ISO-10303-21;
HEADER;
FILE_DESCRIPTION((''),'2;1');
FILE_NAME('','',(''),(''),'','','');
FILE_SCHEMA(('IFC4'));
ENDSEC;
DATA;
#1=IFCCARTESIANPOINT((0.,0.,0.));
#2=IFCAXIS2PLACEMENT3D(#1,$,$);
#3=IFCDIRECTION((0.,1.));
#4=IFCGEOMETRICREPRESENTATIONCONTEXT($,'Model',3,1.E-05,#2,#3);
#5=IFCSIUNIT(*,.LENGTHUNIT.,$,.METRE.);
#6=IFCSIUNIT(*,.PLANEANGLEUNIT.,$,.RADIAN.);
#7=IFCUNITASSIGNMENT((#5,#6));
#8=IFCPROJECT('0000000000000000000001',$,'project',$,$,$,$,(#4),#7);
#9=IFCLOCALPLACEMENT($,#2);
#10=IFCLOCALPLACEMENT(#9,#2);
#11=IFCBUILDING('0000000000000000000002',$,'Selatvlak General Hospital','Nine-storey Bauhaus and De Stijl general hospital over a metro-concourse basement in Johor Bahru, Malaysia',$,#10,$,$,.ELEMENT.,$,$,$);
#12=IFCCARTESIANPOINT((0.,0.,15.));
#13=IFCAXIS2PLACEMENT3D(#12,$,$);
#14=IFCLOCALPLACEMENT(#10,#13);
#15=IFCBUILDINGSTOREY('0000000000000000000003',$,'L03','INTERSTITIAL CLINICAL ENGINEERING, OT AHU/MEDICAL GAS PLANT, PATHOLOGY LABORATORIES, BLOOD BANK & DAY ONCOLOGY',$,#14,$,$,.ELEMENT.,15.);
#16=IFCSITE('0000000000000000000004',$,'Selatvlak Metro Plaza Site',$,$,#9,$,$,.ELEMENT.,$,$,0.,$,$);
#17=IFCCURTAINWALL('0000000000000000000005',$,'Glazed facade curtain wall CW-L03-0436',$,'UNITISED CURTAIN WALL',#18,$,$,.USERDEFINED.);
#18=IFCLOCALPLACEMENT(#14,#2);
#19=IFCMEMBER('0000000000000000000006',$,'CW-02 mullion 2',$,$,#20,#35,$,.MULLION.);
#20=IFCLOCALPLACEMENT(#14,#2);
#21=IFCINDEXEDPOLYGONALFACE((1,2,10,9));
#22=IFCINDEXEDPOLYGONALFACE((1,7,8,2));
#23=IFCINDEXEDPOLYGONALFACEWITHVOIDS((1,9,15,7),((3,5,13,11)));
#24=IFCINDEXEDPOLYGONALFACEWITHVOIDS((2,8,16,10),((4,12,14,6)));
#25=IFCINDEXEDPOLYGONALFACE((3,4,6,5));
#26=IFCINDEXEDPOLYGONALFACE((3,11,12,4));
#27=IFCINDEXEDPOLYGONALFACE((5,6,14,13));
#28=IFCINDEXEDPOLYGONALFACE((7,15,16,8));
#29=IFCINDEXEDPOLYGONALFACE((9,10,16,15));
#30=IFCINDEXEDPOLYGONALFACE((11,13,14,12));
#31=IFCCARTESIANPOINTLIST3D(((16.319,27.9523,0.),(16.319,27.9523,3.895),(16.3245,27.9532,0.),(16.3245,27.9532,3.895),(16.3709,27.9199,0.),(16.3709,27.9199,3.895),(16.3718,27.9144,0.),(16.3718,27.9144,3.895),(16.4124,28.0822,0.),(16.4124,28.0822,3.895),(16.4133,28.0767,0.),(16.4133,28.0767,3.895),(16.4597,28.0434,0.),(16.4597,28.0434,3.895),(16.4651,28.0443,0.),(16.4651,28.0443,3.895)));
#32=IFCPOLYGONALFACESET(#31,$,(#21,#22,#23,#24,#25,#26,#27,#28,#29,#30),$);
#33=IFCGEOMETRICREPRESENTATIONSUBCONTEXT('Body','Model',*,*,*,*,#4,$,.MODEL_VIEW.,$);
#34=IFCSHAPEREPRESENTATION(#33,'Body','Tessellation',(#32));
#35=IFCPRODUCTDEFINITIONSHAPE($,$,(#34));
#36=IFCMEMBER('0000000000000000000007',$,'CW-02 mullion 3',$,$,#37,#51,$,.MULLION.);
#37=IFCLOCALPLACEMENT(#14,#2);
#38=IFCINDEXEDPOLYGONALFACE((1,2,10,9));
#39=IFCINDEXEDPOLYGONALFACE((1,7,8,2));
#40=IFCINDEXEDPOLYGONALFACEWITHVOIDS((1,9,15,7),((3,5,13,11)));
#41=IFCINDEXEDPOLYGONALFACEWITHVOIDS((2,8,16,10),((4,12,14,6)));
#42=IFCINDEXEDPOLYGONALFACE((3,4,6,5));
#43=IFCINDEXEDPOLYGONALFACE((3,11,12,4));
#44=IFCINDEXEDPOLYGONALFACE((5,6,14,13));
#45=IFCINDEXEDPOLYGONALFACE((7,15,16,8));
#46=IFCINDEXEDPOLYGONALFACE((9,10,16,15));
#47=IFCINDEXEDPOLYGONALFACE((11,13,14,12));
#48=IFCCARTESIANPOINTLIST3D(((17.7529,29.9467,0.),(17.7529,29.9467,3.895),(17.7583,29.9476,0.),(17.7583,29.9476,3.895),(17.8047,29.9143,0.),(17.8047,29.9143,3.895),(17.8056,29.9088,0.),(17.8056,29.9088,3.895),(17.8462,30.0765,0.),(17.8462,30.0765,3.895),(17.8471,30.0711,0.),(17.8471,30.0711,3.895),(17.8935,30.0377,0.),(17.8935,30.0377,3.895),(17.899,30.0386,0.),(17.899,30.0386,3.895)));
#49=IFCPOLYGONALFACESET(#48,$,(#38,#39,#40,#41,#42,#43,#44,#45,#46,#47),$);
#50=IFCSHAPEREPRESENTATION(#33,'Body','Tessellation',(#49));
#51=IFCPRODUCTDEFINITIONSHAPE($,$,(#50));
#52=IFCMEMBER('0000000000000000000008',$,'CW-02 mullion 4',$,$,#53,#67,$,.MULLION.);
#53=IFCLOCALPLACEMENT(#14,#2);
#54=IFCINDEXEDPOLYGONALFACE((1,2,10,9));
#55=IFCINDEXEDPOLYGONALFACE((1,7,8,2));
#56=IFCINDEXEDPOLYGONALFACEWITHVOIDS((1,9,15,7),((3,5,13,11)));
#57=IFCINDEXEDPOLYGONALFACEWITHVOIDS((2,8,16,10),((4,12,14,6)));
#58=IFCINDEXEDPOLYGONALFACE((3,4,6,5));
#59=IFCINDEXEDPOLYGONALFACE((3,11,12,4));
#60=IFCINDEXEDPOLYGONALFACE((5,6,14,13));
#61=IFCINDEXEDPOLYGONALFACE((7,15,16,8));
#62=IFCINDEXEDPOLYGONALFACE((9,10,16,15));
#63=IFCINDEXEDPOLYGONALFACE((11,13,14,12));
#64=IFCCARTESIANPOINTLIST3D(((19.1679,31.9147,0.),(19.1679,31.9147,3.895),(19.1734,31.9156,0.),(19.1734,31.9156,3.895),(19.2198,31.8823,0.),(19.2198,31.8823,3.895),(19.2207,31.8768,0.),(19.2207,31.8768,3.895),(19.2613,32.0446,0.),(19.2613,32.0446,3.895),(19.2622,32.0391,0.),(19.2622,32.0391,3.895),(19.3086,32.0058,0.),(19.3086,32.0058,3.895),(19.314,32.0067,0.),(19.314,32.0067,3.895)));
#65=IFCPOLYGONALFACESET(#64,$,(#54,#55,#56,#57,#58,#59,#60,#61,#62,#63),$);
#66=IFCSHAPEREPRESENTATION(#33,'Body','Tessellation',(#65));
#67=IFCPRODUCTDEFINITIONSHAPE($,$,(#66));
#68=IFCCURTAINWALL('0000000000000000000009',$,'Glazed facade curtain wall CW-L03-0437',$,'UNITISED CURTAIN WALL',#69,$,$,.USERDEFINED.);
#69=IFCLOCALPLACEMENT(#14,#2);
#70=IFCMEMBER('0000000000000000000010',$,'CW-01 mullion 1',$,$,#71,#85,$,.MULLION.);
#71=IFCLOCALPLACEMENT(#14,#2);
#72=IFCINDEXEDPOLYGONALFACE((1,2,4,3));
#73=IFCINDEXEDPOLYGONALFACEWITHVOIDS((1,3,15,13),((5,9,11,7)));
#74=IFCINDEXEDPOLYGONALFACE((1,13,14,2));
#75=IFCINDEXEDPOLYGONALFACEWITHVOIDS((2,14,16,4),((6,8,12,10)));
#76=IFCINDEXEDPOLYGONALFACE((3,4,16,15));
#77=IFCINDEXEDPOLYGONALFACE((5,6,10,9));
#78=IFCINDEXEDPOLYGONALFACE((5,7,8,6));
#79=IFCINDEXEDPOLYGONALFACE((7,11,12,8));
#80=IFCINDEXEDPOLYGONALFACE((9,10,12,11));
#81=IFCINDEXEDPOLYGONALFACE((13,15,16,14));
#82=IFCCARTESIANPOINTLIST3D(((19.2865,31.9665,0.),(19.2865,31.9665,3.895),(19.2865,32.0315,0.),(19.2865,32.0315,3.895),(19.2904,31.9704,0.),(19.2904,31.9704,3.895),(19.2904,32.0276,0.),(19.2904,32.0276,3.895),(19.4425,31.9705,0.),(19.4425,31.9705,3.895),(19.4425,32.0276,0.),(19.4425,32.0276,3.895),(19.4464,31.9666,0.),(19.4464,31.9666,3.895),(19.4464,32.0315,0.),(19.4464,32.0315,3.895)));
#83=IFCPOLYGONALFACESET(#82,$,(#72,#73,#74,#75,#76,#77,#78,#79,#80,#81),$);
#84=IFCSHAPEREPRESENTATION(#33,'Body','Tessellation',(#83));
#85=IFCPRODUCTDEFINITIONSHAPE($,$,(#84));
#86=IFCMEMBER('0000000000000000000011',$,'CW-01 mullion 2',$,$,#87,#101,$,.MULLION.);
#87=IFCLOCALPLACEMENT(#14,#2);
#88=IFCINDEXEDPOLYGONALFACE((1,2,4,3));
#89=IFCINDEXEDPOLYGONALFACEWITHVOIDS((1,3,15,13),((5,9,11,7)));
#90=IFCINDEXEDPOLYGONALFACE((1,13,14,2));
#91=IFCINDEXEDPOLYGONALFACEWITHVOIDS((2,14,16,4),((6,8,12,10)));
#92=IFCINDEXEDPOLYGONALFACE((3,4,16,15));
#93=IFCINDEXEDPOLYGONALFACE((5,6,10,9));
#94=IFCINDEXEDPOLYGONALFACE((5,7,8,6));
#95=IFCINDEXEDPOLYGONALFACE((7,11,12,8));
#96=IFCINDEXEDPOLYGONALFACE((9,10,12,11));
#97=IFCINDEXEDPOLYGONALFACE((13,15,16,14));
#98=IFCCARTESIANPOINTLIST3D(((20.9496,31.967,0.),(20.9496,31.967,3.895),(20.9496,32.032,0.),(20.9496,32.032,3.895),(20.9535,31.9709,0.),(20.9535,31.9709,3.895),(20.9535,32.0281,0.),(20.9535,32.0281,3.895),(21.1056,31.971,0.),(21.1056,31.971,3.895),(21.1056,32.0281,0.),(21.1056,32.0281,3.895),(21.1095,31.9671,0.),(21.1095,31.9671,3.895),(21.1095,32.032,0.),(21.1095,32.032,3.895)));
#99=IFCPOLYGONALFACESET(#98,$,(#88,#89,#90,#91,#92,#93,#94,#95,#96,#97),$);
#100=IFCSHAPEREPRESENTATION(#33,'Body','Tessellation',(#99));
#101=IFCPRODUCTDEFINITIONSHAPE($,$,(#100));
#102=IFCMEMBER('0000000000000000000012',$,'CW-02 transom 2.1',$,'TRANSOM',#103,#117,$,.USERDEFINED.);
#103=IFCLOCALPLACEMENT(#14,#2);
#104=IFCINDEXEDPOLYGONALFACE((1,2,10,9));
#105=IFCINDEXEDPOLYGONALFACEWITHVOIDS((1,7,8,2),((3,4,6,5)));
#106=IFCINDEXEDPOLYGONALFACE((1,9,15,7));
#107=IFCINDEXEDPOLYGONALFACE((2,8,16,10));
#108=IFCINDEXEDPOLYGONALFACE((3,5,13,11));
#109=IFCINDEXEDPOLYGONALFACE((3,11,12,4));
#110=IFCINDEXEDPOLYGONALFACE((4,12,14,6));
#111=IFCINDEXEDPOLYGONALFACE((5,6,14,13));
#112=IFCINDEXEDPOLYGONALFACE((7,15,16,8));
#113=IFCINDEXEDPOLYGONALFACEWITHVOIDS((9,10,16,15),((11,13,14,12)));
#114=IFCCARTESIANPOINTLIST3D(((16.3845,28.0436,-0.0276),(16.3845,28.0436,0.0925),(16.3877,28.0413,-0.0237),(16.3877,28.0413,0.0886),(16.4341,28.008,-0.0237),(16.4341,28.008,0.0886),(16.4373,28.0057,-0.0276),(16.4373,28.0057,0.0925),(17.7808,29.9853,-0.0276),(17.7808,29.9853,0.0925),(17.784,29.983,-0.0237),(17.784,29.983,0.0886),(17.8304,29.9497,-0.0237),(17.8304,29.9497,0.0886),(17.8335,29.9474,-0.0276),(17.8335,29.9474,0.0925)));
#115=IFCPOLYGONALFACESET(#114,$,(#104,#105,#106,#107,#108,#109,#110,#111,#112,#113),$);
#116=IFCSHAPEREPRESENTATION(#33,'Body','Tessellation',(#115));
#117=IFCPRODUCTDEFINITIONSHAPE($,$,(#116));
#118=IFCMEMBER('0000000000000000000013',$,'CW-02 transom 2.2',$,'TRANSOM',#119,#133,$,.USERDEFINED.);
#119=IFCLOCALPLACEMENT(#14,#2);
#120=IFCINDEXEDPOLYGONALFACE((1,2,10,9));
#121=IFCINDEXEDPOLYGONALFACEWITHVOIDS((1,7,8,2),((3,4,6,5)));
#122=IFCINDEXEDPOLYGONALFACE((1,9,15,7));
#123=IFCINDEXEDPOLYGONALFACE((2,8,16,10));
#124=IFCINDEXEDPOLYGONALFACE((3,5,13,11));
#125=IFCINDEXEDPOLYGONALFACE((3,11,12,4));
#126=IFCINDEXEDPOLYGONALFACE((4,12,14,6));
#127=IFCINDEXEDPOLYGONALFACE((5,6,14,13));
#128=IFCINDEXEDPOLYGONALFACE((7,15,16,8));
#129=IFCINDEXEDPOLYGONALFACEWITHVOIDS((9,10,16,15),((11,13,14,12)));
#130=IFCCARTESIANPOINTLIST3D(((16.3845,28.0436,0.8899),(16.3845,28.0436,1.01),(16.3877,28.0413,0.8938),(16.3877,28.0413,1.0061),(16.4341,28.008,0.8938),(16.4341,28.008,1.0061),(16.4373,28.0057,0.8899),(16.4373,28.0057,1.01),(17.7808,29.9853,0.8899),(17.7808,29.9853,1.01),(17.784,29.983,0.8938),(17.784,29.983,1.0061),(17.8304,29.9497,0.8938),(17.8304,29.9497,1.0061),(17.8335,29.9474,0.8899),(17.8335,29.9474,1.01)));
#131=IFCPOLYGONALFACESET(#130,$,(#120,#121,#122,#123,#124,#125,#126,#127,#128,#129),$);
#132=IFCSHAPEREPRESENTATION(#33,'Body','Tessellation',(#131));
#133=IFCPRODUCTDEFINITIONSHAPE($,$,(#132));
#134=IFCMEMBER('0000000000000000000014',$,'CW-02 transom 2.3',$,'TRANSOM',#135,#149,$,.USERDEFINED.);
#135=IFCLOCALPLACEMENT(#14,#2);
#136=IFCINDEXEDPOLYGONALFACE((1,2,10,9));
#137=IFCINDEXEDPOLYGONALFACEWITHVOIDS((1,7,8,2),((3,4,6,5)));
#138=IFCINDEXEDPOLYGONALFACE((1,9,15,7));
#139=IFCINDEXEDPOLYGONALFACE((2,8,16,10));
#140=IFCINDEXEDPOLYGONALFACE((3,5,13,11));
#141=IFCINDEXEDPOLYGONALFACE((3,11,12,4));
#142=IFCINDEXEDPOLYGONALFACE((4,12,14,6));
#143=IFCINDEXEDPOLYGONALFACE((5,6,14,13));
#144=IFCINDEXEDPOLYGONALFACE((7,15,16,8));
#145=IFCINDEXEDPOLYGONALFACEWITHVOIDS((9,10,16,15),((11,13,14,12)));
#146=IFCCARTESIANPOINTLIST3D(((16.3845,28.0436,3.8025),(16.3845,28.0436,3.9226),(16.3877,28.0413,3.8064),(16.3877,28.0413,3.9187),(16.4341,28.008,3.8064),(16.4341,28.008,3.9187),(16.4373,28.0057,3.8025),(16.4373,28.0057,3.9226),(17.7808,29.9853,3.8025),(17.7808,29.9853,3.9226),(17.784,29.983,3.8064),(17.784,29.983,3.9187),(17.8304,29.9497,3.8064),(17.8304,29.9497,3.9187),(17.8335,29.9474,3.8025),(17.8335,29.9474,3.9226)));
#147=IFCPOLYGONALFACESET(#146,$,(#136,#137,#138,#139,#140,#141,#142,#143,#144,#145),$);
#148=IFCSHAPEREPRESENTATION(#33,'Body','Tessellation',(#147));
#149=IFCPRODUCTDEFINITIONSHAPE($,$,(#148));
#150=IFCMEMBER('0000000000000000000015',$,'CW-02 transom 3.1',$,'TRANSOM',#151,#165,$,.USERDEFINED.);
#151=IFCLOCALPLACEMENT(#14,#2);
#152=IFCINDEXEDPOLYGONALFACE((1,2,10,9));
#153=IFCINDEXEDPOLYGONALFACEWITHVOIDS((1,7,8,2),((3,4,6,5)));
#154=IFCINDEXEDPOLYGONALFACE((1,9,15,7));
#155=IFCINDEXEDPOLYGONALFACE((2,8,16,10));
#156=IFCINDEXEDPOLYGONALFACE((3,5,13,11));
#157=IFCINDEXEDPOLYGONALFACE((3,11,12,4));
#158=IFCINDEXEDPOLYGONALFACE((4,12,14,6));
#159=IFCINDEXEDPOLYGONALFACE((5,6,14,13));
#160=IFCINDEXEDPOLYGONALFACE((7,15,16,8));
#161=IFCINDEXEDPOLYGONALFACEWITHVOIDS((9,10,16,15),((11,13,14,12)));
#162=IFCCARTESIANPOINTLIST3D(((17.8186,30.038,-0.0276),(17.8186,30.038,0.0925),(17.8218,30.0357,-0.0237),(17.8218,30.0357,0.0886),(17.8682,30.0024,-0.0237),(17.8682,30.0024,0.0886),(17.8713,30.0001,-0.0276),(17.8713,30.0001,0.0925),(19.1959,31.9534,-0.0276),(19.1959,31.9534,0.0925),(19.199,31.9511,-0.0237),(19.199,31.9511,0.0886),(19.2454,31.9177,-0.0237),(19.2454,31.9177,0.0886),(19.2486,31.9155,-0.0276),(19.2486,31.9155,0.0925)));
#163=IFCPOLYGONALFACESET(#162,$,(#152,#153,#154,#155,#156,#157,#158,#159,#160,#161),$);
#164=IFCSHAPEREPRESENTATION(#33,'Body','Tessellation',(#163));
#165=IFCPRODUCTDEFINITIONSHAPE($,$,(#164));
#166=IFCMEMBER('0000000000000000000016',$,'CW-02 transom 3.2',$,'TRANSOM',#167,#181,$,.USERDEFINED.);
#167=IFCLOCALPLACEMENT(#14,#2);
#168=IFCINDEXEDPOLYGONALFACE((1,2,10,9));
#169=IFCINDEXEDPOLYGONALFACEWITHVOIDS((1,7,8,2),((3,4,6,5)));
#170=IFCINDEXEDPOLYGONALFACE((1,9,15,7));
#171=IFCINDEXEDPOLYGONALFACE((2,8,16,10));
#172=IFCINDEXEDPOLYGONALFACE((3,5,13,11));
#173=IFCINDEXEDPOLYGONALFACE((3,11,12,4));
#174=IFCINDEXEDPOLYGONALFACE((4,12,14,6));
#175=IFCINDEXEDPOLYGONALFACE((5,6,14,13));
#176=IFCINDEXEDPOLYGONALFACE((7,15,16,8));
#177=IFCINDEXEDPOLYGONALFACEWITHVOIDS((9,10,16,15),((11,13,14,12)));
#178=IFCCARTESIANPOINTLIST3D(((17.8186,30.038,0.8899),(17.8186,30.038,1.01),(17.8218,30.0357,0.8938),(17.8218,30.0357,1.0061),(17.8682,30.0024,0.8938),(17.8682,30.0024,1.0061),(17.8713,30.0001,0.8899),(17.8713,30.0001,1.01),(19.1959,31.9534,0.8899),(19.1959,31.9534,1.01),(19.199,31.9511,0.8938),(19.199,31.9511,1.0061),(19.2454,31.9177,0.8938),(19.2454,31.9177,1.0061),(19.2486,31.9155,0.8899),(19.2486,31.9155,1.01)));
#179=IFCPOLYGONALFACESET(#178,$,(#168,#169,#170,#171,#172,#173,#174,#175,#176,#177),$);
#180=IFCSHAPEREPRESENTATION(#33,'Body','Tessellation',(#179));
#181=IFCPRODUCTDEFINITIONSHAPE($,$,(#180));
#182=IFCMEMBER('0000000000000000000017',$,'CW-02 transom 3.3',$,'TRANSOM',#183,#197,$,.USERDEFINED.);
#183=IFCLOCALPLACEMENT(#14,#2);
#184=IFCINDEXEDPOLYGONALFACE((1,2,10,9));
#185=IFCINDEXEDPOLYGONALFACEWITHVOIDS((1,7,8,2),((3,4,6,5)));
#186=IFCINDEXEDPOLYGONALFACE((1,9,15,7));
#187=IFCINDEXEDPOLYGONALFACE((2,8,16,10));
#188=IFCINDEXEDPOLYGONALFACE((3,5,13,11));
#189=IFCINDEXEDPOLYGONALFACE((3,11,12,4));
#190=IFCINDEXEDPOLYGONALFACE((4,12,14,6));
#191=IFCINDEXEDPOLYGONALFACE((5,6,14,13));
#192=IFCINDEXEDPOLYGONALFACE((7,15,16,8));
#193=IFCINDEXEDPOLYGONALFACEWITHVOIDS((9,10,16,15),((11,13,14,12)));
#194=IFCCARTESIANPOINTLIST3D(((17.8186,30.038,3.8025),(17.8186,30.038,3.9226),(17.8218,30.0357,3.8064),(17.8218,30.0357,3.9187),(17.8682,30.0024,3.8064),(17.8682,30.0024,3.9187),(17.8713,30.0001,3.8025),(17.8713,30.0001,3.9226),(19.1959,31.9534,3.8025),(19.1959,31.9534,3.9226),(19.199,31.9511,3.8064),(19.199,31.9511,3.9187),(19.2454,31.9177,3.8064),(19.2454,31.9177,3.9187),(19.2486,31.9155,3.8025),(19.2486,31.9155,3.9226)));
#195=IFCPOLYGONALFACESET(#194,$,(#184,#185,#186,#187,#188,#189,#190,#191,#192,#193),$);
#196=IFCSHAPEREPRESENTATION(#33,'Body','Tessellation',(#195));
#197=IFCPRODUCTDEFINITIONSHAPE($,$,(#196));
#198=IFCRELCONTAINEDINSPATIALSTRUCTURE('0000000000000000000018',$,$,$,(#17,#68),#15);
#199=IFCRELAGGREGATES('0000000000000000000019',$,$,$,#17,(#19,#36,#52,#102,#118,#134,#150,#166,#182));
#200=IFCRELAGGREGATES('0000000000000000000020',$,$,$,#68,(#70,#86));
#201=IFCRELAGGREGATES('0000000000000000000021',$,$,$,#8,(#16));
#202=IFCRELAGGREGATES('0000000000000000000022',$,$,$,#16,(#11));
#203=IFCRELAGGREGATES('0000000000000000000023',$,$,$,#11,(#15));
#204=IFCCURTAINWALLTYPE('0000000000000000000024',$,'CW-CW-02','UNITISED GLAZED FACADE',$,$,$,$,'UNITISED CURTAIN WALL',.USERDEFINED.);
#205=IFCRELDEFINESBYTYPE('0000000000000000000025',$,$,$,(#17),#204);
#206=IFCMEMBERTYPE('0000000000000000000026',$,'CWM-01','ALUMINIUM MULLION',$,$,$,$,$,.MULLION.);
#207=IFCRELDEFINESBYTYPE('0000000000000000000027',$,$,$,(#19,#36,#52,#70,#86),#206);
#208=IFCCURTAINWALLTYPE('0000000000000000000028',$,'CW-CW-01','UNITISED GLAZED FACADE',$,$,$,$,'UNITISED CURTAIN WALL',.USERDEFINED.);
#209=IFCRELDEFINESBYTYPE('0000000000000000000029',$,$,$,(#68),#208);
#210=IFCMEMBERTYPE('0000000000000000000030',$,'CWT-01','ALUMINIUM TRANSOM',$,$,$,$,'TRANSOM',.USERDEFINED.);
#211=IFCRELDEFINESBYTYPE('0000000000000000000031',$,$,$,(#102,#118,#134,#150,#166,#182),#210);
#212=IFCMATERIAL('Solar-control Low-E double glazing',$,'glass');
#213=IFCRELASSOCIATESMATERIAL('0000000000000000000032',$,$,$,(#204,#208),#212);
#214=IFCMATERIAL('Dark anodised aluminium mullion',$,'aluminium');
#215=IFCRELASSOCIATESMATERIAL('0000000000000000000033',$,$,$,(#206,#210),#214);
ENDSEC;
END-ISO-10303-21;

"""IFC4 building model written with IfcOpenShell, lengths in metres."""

from ifc_helpers import new_model, si_unit, direction, frame, origin, origin_2d, place, context, subcontext, project, spatial, hollow_rectangle, extrude, material, material_profile, profile_set, type_object, element, aggregate, save


model = new_model("IFC4")

# Units and contexts
model_context = context("Model", 3, precision=1e-05, world=origin(), true_north=direction((0.0, 1.0)))
body_context = subcontext(model_context, "Body", "Model", "MODEL_VIEW")
ifc_project = project(units=[si_unit("LENGTHUNIT", "METRE"), si_unit("PLANEANGLEUNIT", "RADIAN")], contexts=[model_context])

# Site, building, storey
site_placement = place(None, origin())
site = spatial("IfcSite", under=ifc_project, at=site_placement, Name="Selatvlak Metro Plaza Site", CompositionType="ELEMENT", RefElevation=0.0)
building_placement = place(site_placement, origin())
building = spatial("IfcBuilding", under=site, at=building_placement, Name="Selatvlak General Hospital", Description="Nine-storey Bauhaus and De Stijl general hospital over a metro-concourse basement in Johor Bahru, Malaysia", CompositionType="ELEMENT")
storey_placement = place(building_placement, frame((0.0, 0.0, 15.0)))
storey = spatial("IfcBuildingStorey", under=building, at=storey_placement, Name="L03", Description="INTERSTITIAL CLINICAL ENGINEERING, OT AHU/MEDICAL GAS PLANT, PATHOLOGY LABORATORIES, BLOOD BANK & DAY ONCOLOGY", CompositionType="ELEMENT", Elevation=15.0)

# Curtain walls, members
ifc_material_1 = material(Name="Solar-control Low-E double glazing", Category="glass")
curtain_wall_type_1 = type_object("IfcCurtainWallType", Name="CW-CW-02", Description="UNITISED GLAZED FACADE", ElementType="UNITISED CURTAIN WALL", PredefinedType="USERDEFINED", material=ifc_material_1)
curtain_wall_1_placement = place(storey_placement, origin())
curtain_wall_1 = element("IfcCurtainWall", 1, at=curtain_wall_1_placement, inside=storey, type_object=curtain_wall_type_1, Name="Glazed facade curtain wall CW-L03-0436", ObjectType="UNITISED CURTAIN WALL", PredefinedType="USERDEFINED")
ifc_material_2 = material(Name="Dark anodised aluminium mullion", Category="aluminium")
ifc_material_profile_1 = material_profile(ifc_material_2, hollow_rectangle(XDim=0.0649, YDim=0.1599, WallThickness=0.0039, at=origin_2d()), Name="AL-MUL 65x160x4")
ifc_profile_set_1 = profile_set([ifc_material_profile_1], Name="Dark anodised aluminium mullion")
member_type_1 = type_object("IfcMemberType", Name="CWM-01", Description="ALUMINIUM MULLION", PredefinedType="MULLION", material=ifc_profile_set_1)
member_1_placement = place(storey_placement, frame((16.3921, 27.9983, 0.0), z_axis=(0.0, 0.0, 1.0), x_axis=(-0.811905, 0.58379, 0.0)))
member_1 = element("IfcMember", 2, at=member_1_placement, type_object=member_type_1, Name="CW-02 mullion 2", PredefinedType="MULLION", context=body_context, shape_type="SweptSolid", body=[
    extrude(hollow_rectangle(XDim=0.0649, YDim=0.1599, WallThickness=0.0039, at=origin_2d()), origin(), (0.0, 0.0, 1.0), 3.895),
])
member_2_placement = place(storey_placement, frame((17.8259, 29.9927, 0.0), z_axis=(0.0, 0.0, 1.0), x_axis=(-0.811905, 0.58379, 0.0)))
member_2 = element("IfcMember", 3, at=member_2_placement, type_object=member_type_1, Name="CW-02 mullion 3", PredefinedType="MULLION", context=body_context, shape_type="SweptSolid", body=[
    extrude(hollow_rectangle(XDim=0.0649, YDim=0.1599, WallThickness=0.0039, at=origin_2d()), origin(), (0.0, 0.0, 1.0), 3.895),
])
member_3_placement = place(storey_placement, frame((19.241, 31.9607, 0.0), z_axis=(0.0, 0.0, 1.0), x_axis=(-0.811905, 0.58379, 0.0)))
member_3 = element("IfcMember", 4, at=member_3_placement, type_object=member_type_1, Name="CW-02 mullion 4", PredefinedType="MULLION", context=body_context, shape_type="SweptSolid", body=[
    extrude(hollow_rectangle(XDim=0.0649, YDim=0.1599, WallThickness=0.0039, at=origin_2d()), origin(), (0.0, 0.0, 1.0), 3.895),
])
curtain_wall_type_2 = type_object("IfcCurtainWallType", Name="CW-CW-01", Description="UNITISED GLAZED FACADE", ElementType="UNITISED CURTAIN WALL", PredefinedType="USERDEFINED", material=ifc_material_1)
curtain_wall_2_placement = place(storey_placement, origin())
curtain_wall_2 = element("IfcCurtainWall", 5, at=curtain_wall_2_placement, inside=storey, type_object=curtain_wall_type_2, Name="Glazed facade curtain wall CW-L03-0437", ObjectType="UNITISED CURTAIN WALL", PredefinedType="USERDEFINED")
member_4_placement = place(storey_placement, frame((19.3665, 31.999, 0.0), z_axis=(0.0, 0.0, 1.0), x_axis=(-0.000295, 1.0, 0.0)))
member_4 = element("IfcMember", 6, at=member_4_placement, type_object=member_type_1, Name="CW-01 mullion 1", PredefinedType="MULLION", context=body_context, shape_type="SweptSolid", body=[
    extrude(hollow_rectangle(XDim=0.0649, YDim=0.1599, WallThickness=0.0039, at=origin_2d()), origin(), (0.0, 0.0, 1.0), 3.895),
])
member_5_placement = place(storey_placement, frame((21.0295, 31.9995, 0.0), z_axis=(0.0, 0.0, 1.0), x_axis=(-0.000295, 1.0, 0.0)))
member_5 = element("IfcMember", 7, at=member_5_placement, type_object=member_type_1, Name="CW-01 mullion 2", PredefinedType="MULLION", context=body_context, shape_type="SweptSolid", body=[
    extrude(hollow_rectangle(XDim=0.0649, YDim=0.1599, WallThickness=0.0039, at=origin_2d()), origin(), (0.0, 0.0, 1.0), 3.895),
])

# Members
ifc_material_profile_2 = material_profile(ifc_material_2, hollow_rectangle(XDim=0.0649, YDim=0.1201, WallThickness=0.0039, at=origin_2d()), Name="AL-TRN 65x120x4")
ifc_profile_set_2 = profile_set([ifc_material_profile_2], Name="Dark anodised aluminium mullion")
member_type_2 = type_object("IfcMemberType", Name="CWT-01", Description="ALUMINIUM TRANSOM", ElementType="TRANSOM", PredefinedType="USERDEFINED", material=ifc_profile_set_2)
member_6_placement = place(storey_placement, frame((16.4109, 28.0247, 0.0325), z_axis=(0.583823, 0.811881, 0.0), x_axis=(-0.811881, 0.583823, 0.0)))
member_6 = element("IfcMember", 8, at=member_6_placement, type_object=member_type_2, Name="CW-02 transom 2.1", ObjectType="TRANSOM", PredefinedType="USERDEFINED", context=body_context, shape_type="SweptSolid", body=[
    extrude(hollow_rectangle(XDim=0.0649, YDim=0.1201, WallThickness=0.0039, at=origin_2d()), origin(), (0.0, 0.0, 1.0), 2.3916),
])
member_7_placement = place(storey_placement, frame((16.4109, 28.0247, 0.95), z_axis=(0.583823, 0.811881, 0.0), x_axis=(-0.811881, 0.583823, 0.0)))
member_7 = element("IfcMember", 9, at=member_7_placement, type_object=member_type_2, Name="CW-02 transom 2.2", ObjectType="TRANSOM", PredefinedType="USERDEFINED", context=body_context, shape_type="SweptSolid", body=[
    extrude(hollow_rectangle(XDim=0.0649, YDim=0.1201, WallThickness=0.0039, at=origin_2d()), origin(), (0.0, 0.0, 1.0), 2.3916),
])
member_8_placement = place(storey_placement, frame((16.4109, 28.0247, 3.8625), z_axis=(0.583823, 0.811881, 0.0), x_axis=(-0.811881, 0.583823, 0.0)))
member_8 = element("IfcMember", 10, at=member_8_placement, type_object=member_type_2, Name="CW-02 transom 2.3", ObjectType="TRANSOM", PredefinedType="USERDEFINED", context=body_context, shape_type="SweptSolid", body=[
    extrude(hollow_rectangle(XDim=0.0649, YDim=0.1201, WallThickness=0.0039, at=origin_2d()), origin(), (0.0, 0.0, 1.0), 2.3916),
])
member_9_placement = place(storey_placement, frame((17.845, 30.019, 0.0325), z_axis=(0.5838, 0.811897, 0.0), x_axis=(-0.811897, 0.5838, 0.0)))
member_9 = element("IfcMember", 11, at=member_9_placement, type_object=member_type_2, Name="CW-02 transom 3.1", ObjectType="TRANSOM", PredefinedType="USERDEFINED", context=body_context, shape_type="SweptSolid", body=[
    extrude(hollow_rectangle(XDim=0.0649, YDim=0.1201, WallThickness=0.0039, at=origin_2d()), origin(), (0.0, 0.0, 1.0), 2.3591),
])
member_10_placement = place(storey_placement, frame((17.845, 30.019, 0.95), z_axis=(0.5838, 0.811897, 0.0), x_axis=(-0.811897, 0.5838, 0.0)))
member_10 = element("IfcMember", 12, at=member_10_placement, type_object=member_type_2, Name="CW-02 transom 3.2", ObjectType="TRANSOM", PredefinedType="USERDEFINED", context=body_context, shape_type="SweptSolid", body=[
    extrude(hollow_rectangle(XDim=0.0649, YDim=0.1201, WallThickness=0.0039, at=origin_2d()), origin(), (0.0, 0.0, 1.0), 2.3591),
])
member_11_placement = place(storey_placement, frame((17.845, 30.019, 3.8625), z_axis=(0.5838, 0.811897, 0.0), x_axis=(-0.811897, 0.5838, 0.0)))
member_11 = element("IfcMember", 13, at=member_11_placement, type_object=member_type_2, Name="CW-02 transom 3.3", ObjectType="TRANSOM", PredefinedType="USERDEFINED", context=body_context, shape_type="SweptSolid", body=[
    extrude(hollow_rectangle(XDim=0.0649, YDim=0.1201, WallThickness=0.0039, at=origin_2d()), origin(), (0.0, 0.0, 1.0), 2.3591),
])

aggregate(curtain_wall_1, [member_1, member_2, member_3, member_6, member_7, member_8, member_9, member_10, member_11])
aggregate(curtain_wall_2, [member_4, member_5])

save(model, "model.ifc")
